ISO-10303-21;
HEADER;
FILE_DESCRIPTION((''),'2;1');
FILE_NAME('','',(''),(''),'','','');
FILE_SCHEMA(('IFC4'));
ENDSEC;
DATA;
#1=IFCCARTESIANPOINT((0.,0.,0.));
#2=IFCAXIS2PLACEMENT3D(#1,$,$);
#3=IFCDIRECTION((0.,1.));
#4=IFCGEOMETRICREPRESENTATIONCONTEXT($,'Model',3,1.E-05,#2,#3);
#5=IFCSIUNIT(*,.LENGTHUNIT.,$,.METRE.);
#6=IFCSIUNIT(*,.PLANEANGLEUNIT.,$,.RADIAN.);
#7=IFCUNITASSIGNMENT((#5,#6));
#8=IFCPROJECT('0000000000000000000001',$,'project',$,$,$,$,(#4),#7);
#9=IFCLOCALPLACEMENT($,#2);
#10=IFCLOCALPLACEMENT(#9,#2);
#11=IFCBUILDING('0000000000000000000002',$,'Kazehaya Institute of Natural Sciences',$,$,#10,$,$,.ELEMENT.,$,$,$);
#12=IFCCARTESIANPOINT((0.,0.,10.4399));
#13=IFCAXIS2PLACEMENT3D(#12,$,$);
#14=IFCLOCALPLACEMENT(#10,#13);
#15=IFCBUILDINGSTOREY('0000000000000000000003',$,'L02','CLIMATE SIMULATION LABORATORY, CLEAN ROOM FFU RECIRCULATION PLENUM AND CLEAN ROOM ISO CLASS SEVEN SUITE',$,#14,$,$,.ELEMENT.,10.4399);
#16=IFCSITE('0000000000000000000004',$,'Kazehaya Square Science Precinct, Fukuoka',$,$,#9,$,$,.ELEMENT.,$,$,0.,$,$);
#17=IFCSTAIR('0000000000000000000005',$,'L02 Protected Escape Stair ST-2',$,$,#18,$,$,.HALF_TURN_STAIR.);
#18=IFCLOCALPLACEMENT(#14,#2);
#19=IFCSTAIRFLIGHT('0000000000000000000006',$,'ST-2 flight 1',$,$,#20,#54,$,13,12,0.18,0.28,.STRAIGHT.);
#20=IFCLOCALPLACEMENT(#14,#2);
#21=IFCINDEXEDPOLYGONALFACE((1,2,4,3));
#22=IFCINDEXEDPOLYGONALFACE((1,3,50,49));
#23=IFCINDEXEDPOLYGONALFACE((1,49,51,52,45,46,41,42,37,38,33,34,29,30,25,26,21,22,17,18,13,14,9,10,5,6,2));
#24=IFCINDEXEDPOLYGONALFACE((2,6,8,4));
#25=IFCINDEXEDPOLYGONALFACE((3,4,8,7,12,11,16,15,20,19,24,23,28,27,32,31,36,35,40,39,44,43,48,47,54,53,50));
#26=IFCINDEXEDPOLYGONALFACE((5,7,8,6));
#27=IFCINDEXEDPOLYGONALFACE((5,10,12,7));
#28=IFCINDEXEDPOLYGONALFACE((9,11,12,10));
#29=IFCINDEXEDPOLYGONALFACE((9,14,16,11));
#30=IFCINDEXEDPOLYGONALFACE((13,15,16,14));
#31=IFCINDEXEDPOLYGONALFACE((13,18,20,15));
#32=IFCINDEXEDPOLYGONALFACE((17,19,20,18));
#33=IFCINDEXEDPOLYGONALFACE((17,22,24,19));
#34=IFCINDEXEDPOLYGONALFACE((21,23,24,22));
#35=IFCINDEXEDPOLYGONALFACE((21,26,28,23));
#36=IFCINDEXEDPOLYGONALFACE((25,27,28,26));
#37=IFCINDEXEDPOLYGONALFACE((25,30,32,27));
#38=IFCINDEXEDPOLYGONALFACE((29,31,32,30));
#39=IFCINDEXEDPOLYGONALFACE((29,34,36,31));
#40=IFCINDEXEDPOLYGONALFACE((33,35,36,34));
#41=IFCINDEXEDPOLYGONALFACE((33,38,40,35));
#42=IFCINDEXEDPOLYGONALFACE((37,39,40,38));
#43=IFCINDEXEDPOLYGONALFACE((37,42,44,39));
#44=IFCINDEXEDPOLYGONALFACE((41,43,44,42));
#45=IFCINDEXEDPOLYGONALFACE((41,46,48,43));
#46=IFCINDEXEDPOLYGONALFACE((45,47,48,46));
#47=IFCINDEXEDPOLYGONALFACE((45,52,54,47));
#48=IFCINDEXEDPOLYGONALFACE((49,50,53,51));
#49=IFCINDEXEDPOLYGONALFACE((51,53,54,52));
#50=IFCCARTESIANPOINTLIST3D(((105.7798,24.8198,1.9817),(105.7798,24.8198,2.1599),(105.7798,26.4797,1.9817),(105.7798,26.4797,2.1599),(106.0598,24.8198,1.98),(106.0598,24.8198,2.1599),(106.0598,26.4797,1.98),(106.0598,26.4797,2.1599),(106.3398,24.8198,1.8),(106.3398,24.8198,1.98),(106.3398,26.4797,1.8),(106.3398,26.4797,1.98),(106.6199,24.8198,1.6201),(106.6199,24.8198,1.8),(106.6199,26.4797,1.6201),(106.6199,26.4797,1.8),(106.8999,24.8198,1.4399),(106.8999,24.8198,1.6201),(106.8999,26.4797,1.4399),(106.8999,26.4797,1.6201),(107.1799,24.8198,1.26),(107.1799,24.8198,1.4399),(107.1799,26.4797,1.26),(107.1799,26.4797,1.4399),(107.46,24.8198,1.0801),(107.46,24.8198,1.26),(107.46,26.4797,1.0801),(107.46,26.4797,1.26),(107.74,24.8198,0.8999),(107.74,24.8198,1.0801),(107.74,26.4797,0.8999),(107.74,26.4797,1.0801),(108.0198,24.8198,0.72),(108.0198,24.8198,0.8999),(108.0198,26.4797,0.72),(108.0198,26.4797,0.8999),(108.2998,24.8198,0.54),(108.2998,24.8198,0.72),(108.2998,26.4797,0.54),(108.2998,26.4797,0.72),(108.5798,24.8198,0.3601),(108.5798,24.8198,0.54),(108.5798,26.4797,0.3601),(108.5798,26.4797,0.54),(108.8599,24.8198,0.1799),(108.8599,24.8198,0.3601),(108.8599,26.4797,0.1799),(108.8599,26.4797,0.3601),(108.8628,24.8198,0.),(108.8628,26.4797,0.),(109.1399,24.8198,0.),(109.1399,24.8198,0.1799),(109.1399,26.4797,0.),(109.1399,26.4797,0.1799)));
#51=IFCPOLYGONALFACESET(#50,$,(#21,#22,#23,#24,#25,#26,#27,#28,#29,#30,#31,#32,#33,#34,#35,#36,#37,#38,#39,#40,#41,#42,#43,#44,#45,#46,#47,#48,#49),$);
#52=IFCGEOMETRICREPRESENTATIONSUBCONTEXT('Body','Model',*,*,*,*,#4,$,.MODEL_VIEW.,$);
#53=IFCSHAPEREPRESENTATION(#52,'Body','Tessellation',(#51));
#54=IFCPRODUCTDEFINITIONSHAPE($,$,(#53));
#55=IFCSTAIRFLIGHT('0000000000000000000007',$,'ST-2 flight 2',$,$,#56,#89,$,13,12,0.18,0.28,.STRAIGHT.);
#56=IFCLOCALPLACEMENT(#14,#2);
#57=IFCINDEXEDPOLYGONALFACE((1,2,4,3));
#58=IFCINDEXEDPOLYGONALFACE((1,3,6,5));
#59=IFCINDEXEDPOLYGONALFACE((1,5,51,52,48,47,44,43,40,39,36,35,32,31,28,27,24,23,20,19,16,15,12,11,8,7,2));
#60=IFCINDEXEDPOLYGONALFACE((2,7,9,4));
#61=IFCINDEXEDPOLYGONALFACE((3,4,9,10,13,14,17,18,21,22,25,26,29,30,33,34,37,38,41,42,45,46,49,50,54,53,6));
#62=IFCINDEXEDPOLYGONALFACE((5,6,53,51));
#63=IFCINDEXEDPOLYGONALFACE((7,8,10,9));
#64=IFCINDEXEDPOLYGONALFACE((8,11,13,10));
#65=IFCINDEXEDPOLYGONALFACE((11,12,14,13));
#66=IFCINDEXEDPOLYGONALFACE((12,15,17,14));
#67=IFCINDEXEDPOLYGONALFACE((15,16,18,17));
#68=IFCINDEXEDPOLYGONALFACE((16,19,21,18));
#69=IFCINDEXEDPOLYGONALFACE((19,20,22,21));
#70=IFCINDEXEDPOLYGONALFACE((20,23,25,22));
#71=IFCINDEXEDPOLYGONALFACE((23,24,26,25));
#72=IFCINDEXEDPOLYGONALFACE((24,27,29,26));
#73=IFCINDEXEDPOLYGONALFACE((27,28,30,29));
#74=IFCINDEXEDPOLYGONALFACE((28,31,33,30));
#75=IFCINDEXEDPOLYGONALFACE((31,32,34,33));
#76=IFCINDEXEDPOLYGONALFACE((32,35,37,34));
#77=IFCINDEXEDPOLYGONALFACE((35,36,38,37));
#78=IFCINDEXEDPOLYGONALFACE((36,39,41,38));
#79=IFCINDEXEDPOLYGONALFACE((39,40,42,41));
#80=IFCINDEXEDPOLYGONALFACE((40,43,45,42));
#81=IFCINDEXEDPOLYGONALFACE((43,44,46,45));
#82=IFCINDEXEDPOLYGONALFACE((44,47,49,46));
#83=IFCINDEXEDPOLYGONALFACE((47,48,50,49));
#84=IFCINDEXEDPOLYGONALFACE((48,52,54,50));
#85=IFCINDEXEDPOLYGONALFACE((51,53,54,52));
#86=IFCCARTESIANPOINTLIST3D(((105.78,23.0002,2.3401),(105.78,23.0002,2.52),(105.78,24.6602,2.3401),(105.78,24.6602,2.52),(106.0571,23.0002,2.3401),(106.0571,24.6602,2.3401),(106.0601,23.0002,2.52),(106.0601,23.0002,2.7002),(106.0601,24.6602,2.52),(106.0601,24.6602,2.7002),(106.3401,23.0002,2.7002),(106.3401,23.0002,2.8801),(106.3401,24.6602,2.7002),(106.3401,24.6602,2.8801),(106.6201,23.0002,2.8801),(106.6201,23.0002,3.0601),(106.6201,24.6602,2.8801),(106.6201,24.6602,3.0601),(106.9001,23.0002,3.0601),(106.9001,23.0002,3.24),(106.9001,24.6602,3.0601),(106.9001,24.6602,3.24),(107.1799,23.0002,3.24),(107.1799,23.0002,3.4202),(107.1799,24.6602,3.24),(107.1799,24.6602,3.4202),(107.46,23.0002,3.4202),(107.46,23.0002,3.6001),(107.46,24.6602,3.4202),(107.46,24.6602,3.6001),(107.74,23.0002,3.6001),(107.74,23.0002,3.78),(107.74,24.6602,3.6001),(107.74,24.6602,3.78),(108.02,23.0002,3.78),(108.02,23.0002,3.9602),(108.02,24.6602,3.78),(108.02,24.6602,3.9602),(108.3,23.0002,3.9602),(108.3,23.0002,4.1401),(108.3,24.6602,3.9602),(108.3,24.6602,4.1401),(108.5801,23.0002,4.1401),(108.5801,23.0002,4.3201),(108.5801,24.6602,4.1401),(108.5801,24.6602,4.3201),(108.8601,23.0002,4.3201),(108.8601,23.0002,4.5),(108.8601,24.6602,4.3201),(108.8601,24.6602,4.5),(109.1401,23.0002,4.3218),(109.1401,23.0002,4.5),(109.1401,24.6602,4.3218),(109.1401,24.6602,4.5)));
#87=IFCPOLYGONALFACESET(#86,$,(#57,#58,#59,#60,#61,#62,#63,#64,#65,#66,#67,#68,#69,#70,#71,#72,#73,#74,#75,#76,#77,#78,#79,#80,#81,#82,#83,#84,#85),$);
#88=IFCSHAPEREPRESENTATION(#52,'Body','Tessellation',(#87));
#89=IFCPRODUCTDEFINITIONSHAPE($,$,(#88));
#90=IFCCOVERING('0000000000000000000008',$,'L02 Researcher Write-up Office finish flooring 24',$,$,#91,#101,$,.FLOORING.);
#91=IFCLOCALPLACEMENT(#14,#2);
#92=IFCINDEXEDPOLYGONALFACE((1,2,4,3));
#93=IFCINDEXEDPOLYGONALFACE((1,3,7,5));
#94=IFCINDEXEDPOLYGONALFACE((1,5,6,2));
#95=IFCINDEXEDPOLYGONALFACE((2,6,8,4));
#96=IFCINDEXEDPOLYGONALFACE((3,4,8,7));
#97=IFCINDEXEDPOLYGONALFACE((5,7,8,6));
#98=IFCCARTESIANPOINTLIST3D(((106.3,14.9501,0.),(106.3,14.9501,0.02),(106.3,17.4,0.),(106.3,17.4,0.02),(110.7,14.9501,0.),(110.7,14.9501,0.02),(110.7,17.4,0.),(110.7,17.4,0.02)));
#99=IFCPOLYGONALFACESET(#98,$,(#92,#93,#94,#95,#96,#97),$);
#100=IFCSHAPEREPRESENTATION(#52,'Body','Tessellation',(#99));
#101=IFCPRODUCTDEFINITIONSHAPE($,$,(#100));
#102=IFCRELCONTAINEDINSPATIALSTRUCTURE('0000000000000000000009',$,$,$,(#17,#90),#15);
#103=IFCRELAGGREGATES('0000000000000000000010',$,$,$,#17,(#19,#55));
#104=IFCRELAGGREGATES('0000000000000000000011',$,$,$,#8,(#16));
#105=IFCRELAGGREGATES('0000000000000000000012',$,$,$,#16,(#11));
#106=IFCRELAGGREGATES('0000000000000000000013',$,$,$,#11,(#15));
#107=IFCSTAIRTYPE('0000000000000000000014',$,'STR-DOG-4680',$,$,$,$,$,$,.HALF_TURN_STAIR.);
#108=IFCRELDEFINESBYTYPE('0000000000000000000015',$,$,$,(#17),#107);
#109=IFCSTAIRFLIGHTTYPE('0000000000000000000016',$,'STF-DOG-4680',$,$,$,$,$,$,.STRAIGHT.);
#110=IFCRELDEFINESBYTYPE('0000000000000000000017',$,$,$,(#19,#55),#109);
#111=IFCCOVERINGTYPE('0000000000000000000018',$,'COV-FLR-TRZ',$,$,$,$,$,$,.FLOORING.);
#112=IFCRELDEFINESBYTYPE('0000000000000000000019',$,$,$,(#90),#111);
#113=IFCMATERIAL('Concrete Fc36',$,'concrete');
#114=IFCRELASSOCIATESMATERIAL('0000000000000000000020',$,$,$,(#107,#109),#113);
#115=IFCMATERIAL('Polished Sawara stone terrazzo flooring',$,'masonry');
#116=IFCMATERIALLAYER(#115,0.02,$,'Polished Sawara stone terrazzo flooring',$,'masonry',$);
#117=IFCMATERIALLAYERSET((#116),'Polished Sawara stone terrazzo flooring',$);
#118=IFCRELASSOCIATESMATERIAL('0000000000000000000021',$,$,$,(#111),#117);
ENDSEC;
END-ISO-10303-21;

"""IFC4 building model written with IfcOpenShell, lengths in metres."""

from ifc_helpers import new_model, si_unit, direction, frame, origin, origin_2d, place, context, subcontext, project, spatial, polyline, rectangle, outline, extrude, material, layer, layer_set, type_object, element, aggregate, save


model = new_model("IFC4")

# Units and contexts
model_context = context("Model", 3, precision=1e-05, world=origin(), true_north=direction((0.0, 1.0)))
body_context = subcontext(model_context, "Body", "Model", "MODEL_VIEW")
ifc_project = project(units=[si_unit("LENGTHUNIT", "METRE"), si_unit("PLANEANGLEUNIT", "RADIAN")], contexts=[model_context])

# Site, building, storey
site_placement = place(None, origin())
site = spatial("IfcSite", under=ifc_project, at=site_placement, Name="Kazehaya Square Science Precinct, Fukuoka", CompositionType="ELEMENT", RefElevation=0.0)
building_placement = place(site_placement, origin())
building = spatial("IfcBuilding", under=site, at=building_placement, Name="Kazehaya Institute of Natural Sciences", CompositionType="ELEMENT")
storey_placement = place(building_placement, frame((0.0, 0.0, 10.4399)))
storey = spatial("IfcBuildingStorey", under=building, at=storey_placement, Name="L02", Description="CLIMATE SIMULATION LABORATORY, CLEAN ROOM FFU RECIRCULATION PLENUM AND CLEAN ROOM ISO CLASS SEVEN SUITE", CompositionType="ELEMENT", Elevation=10.4399)

# Shared definitions
ifc_material_1 = material(Name="Concrete Fc36", Category="concrete")

# Stair, stair flights
stair_type = type_object("IfcStairType", Name="STR-DOG-4680", PredefinedType="HALF_TURN_STAIR", material=ifc_material_1)
stair_placement = place(storey_placement, origin())
stair = element("IfcStair", 1, at=stair_placement, inside=storey, type_object=stair_type, Name="L02 Protected Escape Stair ST-2", PredefinedType="HALF_TURN_STAIR")
stair_flight_type = type_object("IfcStairFlightType", Name="STF-DOG-4680", PredefinedType="STRAIGHT", material=ifc_material_1)
stair_flight_1_placement = place(storey_placement, frame((109.1399, 25.6499, 0.0), z_axis=(0.0, 0.0, 1.0), x_axis=(-1.0, 0.0, 0.0)))
stair_flight_1 = element("IfcStairFlight", 2, at=stair_flight_1_placement, type_object=stair_flight_type, Name="ST-2 flight 1", NumberOfRisers=13, NumberOfTreads=12, PredefinedType="STRAIGHT", RiserHeight=0.18, TreadLength=0.28, context=body_context, shape_type="SweptSolid", body=[
    extrude(outline(polyline([(0.0, 0.0), (0.0, 0.1799), (0.28, 0.1799), (0.28, 0.3601), (0.5601, 0.3601), (0.5601, 0.54), (0.8401, 0.54), (0.8401, 0.72), (1.1201, 0.72), (1.1201, 0.8999), (1.3999, 0.8999), (1.3999, 1.0801), (1.6799, 1.0801), (1.6799, 1.26), (1.96, 1.26), (1.96, 1.4399), (2.24, 1.4399), (2.24, 1.6201), (2.52, 1.6201), (2.52, 1.8), (2.8, 1.8), (2.8, 1.98), (3.0801, 1.98), (3.0801, 2.1599), (3.3601, 2.1599), (3.3601, 2.3401), (3.3601, 1.9817), (0.2771, 0.0), (0.0, 0.0)])), frame((0.0, 0.8301, 0.0), z_axis=(0.0, -1.0, 0.0), x_axis=(1.0, 0.0, 0.0)), (0.0, 0.0, 1.0), 1.6599),
])
stair_flight_2_placement = place(storey_placement, frame((105.78, 23.8301, 2.3401), z_axis=(0.0, 0.0, 1.0), x_axis=(1.0, 0.0, 0.0)))
stair_flight_2 = element("IfcStairFlight", 3, at=stair_flight_2_placement, type_object=stair_flight_type, Name="ST-2 flight 2", NumberOfRisers=13, NumberOfTreads=12, PredefinedType="STRAIGHT", RiserHeight=0.18, TreadLength=0.28, context=body_context, shape_type="SweptSolid", body=[
    extrude(outline(polyline([(0.0, 0.0), (0.0, 0.1799), (0.28, 0.1799), (0.28, 0.3601), (0.5601, 0.3601), (0.5601, 0.54), (0.8401, 0.54), (0.8401, 0.72), (1.1201, 0.72), (1.1201, 0.8999), (1.3999, 0.8999), (1.3999, 1.0801), (1.6799, 1.0801), (1.6799, 1.26), (1.96, 1.26), (1.96, 1.4399), (2.24, 1.4399), (2.24, 1.6201), (2.52, 1.6201), (2.52, 1.8), (2.8, 1.8), (2.8, 1.98), (3.0801, 1.98), (3.0801, 2.1599), (3.3601, 2.1599), (3.3601, 2.3401), (3.3601, 1.9817), (0.2771, 0.0), (0.0, 0.0)])), frame((0.0, 0.8301, 0.0), z_axis=(0.0, -1.0, 0.0), x_axis=(1.0, 0.0, 0.0)), (0.0, 0.0, 1.0), 1.6599),
])
aggregate(stair, [stair_flight_1, stair_flight_2])

# Covering
ifc_material_2 = material(Name="Polished Sawara stone terrazzo flooring", Category="masonry")
ifc_layer_1 = layer(ifc_material_2, 0.02, Name="Polished Sawara stone terrazzo flooring", Category="masonry")
ifc_layer_set_1 = layer_set([ifc_layer_1], Name="Polished Sawara stone terrazzo flooring")
covering_type = type_object("IfcCoveringType", Name="COV-FLR-TRZ", PredefinedType="FLOORING", material=ifc_layer_set_1)
covering_placement = place(storey_placement, frame((108.5, 16.175, 0.0), z_axis=(0.0, 0.0, 1.0), x_axis=(1.0, 0.0, 0.0)))
element("IfcCovering", 4, at=covering_placement, inside=storey, type_object=covering_type, Name="L02 Researcher Write-up Office finish flooring 24", PredefinedType="FLOORING", context=body_context, shape_type="SweptSolid", body=[
    extrude(rectangle(XDim=4.3999, YDim=2.45, at=origin_2d()), origin(), (0.0, 0.0, 1.0), 0.02),
])

save(model, "model.ifc")
